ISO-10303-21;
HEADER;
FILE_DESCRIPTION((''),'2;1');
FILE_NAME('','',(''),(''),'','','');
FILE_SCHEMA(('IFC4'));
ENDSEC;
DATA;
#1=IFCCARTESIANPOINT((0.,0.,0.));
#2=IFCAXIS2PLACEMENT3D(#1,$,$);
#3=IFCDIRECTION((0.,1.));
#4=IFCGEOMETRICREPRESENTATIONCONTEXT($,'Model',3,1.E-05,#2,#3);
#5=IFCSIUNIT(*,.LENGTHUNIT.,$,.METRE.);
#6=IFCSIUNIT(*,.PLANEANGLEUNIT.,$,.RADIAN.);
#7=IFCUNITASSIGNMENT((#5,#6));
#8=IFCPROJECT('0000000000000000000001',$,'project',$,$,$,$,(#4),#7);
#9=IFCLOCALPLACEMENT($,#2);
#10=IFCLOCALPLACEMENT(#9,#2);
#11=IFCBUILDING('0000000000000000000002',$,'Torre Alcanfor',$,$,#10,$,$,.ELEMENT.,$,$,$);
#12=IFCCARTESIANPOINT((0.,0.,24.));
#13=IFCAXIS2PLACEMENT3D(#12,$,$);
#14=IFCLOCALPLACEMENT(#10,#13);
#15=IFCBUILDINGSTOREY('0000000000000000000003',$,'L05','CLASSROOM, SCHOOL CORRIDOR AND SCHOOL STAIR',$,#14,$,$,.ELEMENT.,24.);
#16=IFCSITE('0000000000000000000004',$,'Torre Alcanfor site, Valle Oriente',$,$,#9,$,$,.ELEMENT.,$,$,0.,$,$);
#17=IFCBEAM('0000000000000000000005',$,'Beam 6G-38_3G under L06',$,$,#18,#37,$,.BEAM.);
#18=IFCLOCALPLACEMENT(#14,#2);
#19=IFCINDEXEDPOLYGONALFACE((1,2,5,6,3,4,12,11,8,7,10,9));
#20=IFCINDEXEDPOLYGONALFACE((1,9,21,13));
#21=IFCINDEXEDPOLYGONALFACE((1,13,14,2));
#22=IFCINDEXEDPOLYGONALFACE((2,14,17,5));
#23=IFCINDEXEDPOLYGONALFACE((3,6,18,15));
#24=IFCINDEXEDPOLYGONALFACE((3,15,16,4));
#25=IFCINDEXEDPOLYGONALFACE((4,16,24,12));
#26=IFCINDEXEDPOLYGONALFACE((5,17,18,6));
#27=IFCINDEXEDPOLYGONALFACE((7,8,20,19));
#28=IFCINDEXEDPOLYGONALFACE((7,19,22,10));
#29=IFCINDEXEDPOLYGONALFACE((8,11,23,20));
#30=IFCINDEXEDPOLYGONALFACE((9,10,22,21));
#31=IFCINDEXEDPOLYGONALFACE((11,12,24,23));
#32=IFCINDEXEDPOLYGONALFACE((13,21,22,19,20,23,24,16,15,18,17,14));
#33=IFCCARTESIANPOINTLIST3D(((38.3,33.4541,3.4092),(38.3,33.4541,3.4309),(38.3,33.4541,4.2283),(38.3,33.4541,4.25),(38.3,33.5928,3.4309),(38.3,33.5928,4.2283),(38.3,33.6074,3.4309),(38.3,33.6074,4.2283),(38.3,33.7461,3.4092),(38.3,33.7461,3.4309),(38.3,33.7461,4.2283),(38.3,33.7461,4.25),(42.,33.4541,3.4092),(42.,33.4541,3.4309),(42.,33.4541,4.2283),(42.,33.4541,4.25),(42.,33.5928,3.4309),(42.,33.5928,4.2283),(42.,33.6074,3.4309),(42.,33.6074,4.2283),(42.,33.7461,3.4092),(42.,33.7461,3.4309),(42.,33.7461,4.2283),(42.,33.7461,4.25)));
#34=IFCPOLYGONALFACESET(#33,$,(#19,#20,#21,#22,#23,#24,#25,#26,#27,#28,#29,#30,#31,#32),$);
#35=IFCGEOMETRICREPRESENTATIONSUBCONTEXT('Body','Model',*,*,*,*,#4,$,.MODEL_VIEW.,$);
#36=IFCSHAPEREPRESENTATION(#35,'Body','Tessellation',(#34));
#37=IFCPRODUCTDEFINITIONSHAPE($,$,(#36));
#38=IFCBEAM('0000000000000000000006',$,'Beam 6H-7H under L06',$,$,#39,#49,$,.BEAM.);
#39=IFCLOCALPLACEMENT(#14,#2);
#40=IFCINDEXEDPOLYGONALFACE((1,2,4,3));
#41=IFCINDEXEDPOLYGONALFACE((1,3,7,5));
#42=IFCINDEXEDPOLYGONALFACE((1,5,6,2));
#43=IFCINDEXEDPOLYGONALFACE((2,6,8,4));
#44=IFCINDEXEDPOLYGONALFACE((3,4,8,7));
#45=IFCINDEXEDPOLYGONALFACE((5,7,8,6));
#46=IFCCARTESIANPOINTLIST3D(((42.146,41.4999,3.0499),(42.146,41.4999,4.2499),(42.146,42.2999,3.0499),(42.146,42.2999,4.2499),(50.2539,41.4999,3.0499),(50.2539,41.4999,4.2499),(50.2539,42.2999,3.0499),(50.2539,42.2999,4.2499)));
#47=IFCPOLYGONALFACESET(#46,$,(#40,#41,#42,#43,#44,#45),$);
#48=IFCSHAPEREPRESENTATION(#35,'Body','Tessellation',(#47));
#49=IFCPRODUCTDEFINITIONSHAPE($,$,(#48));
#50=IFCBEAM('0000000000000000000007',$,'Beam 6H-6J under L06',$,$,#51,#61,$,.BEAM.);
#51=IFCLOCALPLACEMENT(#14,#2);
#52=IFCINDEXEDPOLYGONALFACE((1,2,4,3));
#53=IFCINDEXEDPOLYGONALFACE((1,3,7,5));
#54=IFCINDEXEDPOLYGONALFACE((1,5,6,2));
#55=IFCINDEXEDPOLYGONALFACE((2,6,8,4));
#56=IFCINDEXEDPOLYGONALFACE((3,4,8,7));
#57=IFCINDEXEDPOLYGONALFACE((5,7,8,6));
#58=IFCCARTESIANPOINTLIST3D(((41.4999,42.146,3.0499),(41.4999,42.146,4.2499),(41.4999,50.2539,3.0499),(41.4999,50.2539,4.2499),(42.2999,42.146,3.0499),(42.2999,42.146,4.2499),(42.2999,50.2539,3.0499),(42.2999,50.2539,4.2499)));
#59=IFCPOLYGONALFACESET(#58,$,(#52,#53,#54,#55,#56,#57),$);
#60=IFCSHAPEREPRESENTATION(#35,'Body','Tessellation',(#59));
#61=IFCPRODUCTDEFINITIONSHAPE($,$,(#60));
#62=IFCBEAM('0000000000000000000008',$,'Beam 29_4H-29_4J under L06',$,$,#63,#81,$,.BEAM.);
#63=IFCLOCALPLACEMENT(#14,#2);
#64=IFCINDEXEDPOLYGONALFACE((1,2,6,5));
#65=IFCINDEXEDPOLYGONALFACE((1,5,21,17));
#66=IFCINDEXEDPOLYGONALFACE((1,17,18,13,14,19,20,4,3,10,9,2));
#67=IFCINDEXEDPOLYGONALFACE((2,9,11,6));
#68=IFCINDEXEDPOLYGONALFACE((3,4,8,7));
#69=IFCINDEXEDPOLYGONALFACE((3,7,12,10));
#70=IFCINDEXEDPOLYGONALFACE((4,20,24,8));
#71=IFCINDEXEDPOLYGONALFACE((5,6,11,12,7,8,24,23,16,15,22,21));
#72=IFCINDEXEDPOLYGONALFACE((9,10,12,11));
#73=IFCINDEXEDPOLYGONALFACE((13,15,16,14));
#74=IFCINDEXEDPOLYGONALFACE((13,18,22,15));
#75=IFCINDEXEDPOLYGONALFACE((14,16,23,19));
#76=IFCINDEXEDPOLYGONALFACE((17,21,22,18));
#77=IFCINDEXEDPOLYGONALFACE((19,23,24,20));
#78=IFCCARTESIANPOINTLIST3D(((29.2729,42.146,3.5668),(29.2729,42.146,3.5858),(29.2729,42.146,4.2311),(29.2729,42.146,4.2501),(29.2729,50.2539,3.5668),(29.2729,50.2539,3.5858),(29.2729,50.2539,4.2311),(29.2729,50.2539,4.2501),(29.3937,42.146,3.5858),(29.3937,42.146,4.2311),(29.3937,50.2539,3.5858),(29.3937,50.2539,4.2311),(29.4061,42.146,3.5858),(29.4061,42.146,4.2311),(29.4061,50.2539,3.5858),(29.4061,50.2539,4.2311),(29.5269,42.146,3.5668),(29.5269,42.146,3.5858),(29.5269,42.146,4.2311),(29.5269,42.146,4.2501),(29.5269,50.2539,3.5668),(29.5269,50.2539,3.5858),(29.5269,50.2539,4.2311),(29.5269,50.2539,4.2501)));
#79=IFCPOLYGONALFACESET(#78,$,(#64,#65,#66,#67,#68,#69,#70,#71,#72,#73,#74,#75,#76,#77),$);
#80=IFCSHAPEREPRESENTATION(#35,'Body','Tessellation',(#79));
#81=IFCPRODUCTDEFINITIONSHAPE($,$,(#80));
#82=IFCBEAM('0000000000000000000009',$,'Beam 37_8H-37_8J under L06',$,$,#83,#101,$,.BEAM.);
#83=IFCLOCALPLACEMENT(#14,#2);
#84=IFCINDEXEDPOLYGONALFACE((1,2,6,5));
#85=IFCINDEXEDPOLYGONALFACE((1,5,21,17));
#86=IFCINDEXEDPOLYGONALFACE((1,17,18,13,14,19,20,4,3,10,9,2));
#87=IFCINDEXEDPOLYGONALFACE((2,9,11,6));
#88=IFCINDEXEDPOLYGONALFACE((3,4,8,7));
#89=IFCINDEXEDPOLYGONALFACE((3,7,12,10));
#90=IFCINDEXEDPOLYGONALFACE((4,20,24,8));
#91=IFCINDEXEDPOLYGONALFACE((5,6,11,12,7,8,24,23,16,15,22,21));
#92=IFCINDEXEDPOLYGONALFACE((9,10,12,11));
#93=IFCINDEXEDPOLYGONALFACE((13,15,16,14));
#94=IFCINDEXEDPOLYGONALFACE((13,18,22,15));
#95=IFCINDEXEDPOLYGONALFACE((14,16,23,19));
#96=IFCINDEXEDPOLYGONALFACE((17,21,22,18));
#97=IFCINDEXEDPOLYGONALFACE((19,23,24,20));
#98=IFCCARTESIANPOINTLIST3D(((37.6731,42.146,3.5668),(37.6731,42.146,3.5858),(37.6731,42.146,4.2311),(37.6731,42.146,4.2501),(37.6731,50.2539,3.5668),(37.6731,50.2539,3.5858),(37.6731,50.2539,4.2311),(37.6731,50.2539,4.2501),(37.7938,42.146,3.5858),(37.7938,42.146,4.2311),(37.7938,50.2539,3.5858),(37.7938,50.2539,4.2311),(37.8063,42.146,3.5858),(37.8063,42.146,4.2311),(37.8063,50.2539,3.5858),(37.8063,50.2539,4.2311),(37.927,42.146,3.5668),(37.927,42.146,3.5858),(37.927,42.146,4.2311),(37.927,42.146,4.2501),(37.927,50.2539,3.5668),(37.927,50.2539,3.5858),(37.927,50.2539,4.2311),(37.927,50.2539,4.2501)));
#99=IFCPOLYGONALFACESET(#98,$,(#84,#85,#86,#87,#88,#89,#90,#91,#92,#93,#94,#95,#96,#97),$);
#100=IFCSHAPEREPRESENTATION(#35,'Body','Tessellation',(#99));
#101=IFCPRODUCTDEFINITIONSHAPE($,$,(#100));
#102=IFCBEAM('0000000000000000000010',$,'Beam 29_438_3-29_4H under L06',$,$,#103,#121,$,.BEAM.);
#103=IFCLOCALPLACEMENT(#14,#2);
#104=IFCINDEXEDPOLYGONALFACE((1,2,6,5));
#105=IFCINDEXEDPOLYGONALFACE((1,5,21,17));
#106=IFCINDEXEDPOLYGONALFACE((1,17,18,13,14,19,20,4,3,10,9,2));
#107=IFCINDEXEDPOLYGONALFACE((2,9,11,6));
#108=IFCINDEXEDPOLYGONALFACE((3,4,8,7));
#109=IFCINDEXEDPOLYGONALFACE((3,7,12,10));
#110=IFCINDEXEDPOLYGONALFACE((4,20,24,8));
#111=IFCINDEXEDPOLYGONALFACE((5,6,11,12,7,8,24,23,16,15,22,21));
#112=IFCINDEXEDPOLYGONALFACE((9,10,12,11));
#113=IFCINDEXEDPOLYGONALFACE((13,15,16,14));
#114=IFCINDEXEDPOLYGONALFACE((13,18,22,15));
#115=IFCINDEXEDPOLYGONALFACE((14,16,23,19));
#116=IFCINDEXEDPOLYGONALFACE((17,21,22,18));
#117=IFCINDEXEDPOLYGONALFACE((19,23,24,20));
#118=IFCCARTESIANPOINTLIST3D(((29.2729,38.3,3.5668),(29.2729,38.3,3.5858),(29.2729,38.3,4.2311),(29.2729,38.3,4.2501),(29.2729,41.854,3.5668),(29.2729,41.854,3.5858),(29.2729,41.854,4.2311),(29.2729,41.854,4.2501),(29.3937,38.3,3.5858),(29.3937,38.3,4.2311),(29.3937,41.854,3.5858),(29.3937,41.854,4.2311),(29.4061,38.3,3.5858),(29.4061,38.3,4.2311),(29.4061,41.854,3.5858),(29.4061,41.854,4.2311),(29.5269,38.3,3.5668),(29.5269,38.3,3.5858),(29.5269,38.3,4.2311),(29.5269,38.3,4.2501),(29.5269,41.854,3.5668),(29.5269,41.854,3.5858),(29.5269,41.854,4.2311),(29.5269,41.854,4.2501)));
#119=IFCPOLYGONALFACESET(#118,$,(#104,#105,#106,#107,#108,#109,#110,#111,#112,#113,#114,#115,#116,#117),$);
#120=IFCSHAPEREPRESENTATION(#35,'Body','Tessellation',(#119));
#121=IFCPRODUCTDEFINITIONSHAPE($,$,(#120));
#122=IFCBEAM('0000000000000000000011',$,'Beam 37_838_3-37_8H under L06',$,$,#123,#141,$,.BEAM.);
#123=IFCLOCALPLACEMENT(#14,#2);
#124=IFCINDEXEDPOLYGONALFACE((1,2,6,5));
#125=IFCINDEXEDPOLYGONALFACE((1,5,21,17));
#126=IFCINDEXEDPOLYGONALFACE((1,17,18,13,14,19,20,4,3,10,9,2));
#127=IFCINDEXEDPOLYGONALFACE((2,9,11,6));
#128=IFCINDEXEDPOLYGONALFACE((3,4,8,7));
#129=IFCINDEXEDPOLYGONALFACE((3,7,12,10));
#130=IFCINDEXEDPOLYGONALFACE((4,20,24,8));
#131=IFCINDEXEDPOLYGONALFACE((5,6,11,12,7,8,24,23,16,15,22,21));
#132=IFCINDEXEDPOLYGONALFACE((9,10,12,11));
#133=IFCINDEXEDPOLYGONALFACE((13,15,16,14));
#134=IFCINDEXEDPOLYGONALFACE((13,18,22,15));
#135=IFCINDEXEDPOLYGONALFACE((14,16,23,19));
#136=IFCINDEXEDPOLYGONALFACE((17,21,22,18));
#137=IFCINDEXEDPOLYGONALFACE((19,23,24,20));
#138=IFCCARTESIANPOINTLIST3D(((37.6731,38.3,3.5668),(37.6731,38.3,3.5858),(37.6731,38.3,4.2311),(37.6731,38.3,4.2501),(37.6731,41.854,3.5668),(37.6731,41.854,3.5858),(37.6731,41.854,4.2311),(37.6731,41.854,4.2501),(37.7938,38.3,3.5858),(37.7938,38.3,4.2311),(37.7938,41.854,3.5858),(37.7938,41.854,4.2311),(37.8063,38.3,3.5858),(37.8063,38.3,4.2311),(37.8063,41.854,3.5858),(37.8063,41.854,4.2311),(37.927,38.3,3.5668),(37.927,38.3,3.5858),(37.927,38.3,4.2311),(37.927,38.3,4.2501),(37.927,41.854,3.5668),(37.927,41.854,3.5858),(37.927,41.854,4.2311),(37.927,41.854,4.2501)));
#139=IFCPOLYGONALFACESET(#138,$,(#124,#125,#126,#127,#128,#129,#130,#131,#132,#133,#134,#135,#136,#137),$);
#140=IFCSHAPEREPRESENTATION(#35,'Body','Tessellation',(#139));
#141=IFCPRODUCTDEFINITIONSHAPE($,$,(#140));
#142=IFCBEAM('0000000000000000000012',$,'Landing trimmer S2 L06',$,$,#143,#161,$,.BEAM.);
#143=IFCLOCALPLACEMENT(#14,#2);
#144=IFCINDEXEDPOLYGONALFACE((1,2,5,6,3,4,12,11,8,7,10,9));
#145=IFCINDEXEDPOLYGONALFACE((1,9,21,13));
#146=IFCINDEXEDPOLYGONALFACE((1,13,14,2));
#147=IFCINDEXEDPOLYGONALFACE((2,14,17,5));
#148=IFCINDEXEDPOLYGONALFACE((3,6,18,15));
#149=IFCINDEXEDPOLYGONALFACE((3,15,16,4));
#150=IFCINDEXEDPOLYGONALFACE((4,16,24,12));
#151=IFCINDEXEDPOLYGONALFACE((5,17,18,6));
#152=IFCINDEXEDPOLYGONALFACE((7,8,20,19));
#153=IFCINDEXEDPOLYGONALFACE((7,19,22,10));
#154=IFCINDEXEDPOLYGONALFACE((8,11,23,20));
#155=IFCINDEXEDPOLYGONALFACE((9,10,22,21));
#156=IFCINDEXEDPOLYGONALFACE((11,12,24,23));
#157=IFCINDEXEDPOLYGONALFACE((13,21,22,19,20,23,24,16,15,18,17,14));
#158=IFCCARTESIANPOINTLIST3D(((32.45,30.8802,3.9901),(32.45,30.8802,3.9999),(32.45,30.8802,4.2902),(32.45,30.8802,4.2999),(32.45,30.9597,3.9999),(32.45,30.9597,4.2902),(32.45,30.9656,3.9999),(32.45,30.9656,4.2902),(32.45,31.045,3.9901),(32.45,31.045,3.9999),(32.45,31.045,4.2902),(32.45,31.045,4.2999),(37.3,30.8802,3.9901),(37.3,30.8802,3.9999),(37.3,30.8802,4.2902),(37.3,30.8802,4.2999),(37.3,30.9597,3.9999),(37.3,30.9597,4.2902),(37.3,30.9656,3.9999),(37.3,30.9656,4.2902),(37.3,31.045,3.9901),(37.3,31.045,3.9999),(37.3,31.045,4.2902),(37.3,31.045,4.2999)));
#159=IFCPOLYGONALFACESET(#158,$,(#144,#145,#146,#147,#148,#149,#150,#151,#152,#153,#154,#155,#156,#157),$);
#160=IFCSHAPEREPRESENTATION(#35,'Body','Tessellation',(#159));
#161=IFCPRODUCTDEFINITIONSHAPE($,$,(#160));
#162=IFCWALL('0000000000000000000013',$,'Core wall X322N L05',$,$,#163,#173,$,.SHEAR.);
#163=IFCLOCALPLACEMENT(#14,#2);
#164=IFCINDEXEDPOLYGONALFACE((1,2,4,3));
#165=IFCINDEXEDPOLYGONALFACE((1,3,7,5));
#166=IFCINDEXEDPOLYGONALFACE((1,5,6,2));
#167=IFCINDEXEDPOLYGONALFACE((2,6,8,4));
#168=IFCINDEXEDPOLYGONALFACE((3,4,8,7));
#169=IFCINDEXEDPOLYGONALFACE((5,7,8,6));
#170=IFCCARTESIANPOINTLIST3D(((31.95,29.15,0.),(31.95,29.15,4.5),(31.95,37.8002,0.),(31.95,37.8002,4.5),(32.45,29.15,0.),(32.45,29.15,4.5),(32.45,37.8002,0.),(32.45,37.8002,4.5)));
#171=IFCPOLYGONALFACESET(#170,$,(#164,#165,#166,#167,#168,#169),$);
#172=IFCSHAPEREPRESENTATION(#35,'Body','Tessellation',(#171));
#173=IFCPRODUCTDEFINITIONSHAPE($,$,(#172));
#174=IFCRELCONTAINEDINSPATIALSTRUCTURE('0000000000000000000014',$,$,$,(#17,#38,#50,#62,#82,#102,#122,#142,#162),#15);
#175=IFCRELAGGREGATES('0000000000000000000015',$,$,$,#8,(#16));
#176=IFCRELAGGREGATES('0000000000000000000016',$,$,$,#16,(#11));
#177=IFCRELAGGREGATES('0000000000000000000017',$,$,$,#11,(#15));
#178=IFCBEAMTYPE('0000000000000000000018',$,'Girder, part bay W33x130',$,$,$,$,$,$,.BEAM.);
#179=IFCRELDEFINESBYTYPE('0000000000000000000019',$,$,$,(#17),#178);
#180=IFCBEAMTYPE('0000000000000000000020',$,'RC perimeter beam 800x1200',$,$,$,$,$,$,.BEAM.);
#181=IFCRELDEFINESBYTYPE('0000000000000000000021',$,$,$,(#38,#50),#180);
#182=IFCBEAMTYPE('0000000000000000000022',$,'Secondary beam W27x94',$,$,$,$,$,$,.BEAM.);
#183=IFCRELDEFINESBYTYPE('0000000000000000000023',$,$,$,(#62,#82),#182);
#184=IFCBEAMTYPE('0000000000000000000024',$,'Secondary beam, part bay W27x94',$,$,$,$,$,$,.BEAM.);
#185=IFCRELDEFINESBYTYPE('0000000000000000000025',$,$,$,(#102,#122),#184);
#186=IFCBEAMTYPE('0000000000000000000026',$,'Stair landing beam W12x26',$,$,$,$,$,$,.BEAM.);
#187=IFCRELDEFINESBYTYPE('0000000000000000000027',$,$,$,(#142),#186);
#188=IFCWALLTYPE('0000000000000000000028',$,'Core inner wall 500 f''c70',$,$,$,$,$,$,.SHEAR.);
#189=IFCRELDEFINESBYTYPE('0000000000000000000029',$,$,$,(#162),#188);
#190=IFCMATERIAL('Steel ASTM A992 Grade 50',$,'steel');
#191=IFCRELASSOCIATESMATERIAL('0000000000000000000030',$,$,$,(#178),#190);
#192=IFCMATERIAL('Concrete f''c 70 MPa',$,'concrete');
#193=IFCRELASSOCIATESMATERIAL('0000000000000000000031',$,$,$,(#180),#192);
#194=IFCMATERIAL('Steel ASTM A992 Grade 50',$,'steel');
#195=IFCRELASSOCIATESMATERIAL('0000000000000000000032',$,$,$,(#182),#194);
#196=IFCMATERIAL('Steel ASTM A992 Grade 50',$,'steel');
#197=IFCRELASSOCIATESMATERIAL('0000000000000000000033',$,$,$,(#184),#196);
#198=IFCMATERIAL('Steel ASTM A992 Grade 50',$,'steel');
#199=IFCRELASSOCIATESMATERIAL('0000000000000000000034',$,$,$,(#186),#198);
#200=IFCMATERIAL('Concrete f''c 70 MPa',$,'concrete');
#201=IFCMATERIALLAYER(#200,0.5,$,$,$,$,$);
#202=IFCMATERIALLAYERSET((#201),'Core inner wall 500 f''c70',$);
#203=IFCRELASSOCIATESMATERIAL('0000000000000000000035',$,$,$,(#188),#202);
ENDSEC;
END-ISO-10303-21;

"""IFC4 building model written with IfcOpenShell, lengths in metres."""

from ifc_helpers import new_model, si_unit, direction, frame, frame_2d, origin, origin_2d, place, context, subcontext, project, spatial, rectangle, i_section, extrude, material, layer, layer_set, material_profile, profile_set, type_object, element, save


model = new_model("IFC4")

# Units and contexts
model_context = context("Model", 3, precision=1e-05, world=origin(), true_north=direction((0.0, 1.0)))
body_context = subcontext(model_context, "Body", "Model", "MODEL_VIEW")
ifc_project = project(units=[si_unit("LENGTHUNIT", "METRE"), si_unit("PLANEANGLEUNIT", "RADIAN")], contexts=[model_context])

# Site, building, storey
site_placement = place(None, origin())
site = spatial("IfcSite", under=ifc_project, at=site_placement, Name="Torre Alcanfor site, Valle Oriente", CompositionType="ELEMENT", RefElevation=0.0)
building_placement = place(site_placement, origin())
building = spatial("IfcBuilding", under=site, at=building_placement, Name="Torre Alcanfor", CompositionType="ELEMENT")
storey_placement = place(building_placement, frame((0.0, 0.0, 24.0)))
storey = spatial("IfcBuildingStorey", under=building, at=storey_placement, Name="L05", Description="CLASSROOM, SCHOOL CORRIDOR AND SCHOOL STAIR", CompositionType="ELEMENT", Elevation=24.0)

# Beams
ifc_material_1 = material(Name="Steel ASTM A992 Grade 50", Category="steel")
ifc_material_profile_1 = material_profile(ifc_material_1, i_section(OverallWidth=0.292, OverallDepth=0.8408, WebThickness=0.0146, FlangeThickness=0.0217, at=origin_2d()), Name="W33x130")
ifc_profile_set_1 = profile_set([ifc_material_profile_1], Name="Steel ASTM A992 Grade 50")
beam_type_1 = type_object("IfcBeamType", Name="Girder, part bay W33x130", PredefinedType="BEAM", material=ifc_profile_set_1)
for number, where, z_axis, x_axis, name in (
    (1, (42.0, 33.6001, 3.8296), (-1.0, 0.0, 0.0), (0.0, -1.0, 0.0), "Beam 6G-38_3G under L06"),
):
    element("IfcBeam", number, at=place(storey_placement, frame(where, z_axis=z_axis, x_axis=x_axis)), inside=storey, type_object=beam_type_1, Name=name, PredefinedType="BEAM", context=body_context, shape_type="SweptSolid", body=[
        extrude(i_section(OverallWidth=0.292, OverallDepth=0.8408, WebThickness=0.0146, FlangeThickness=0.0217, at=origin_2d()), origin(), (0.0, 0.0, 1.0), 3.7),
    ])
ifc_material_2 = material(Name="Concrete f'c 70 MPa", Category="concrete")
ifc_material_profile_2 = material_profile(ifc_material_2, rectangle(XDim=0.8, YDim=1.2, at=origin_2d()), Name="800x1200")
ifc_profile_set_2 = profile_set([ifc_material_profile_2], Name="Concrete f'c 70 MPa")
beam_type_2 = type_object("IfcBeamType", Name="RC perimeter beam 800x1200", PredefinedType="BEAM", material=ifc_profile_set_2)
for number, where, z_axis, x_axis, name in (
    (2, (42.146, 41.8999, 3.6499), (1.0, 0.0, 0.0), (0.0, 1.0, 0.0), "Beam 6H-7H under L06"),
    (3, (41.8999, 42.146, 3.6499), (0.0, 1.0, 0.0), (-1.0, 0.0, 0.0), "Beam 6H-6J under L06"),
):
    element("IfcBeam", number, at=place(storey_placement, frame(where, z_axis=z_axis, x_axis=x_axis)), inside=storey, type_object=beam_type_2, Name=name, PredefinedType="BEAM", context=body_context, shape_type="SweptSolid", body=[
        extrude(rectangle(XDim=0.8, YDim=1.2, at=origin_2d()), origin(), (0.0, 0.0, 1.0), 8.1079),
    ])
ifc_material_3 = material(Name="Steel ASTM A992 Grade 50", Category="steel")
ifc_material_profile_3 = material_profile(ifc_material_3, i_section(OverallWidth=0.2539, OverallDepth=0.6833, WebThickness=0.0125, FlangeThickness=0.019, at=origin_2d()), Name="W27x94")
ifc_profile_set_3 = profile_set([ifc_material_profile_3], Name="Steel ASTM A992 Grade 50")
beam_type_3 = type_object("IfcBeamType", Name="Secondary beam W27x94", PredefinedType="BEAM", material=ifc_profile_set_3)
for number, where, z_axis, x_axis, name in (
    (4, (29.3999, 42.146, 3.9084), (0.0, 1.0, 0.0), (-1.0, 0.0, 0.0), "Beam 29_4H-29_4J under L06"),
    (5, (37.8, 42.146, 3.9084), (0.0, 1.0, 0.0), (-1.0, 0.0, 0.0), "Beam 37_8H-37_8J under L06"),
):
    element("IfcBeam", number, at=place(storey_placement, frame(where, z_axis=z_axis, x_axis=x_axis)), inside=storey, type_object=beam_type_3, Name=name, PredefinedType="BEAM", context=body_context, shape_type="SweptSolid", body=[
        extrude(i_section(OverallWidth=0.2539, OverallDepth=0.6833, WebThickness=0.0125, FlangeThickness=0.019, at=origin_2d()), origin(), (0.0, 0.0, 1.0), 8.1079),
    ])
ifc_material_4 = material(Name="Steel ASTM A992 Grade 50", Category="steel")
ifc_material_profile_4 = material_profile(ifc_material_4, i_section(OverallWidth=0.2539, OverallDepth=0.6833, WebThickness=0.0125, FlangeThickness=0.019, at=origin_2d()), Name="W27x94")
ifc_profile_set_4 = profile_set([ifc_material_profile_4], Name="Steel ASTM A992 Grade 50")
beam_type_4 = type_object("IfcBeamType", Name="Secondary beam, part bay W27x94", PredefinedType="BEAM", material=ifc_profile_set_4)
for number, where, z_axis, x_axis, name in (
    (6, (29.3999, 38.3, 3.9084), (0.0, 1.0, 0.0), (-1.0, 0.0, 0.0), "Beam 29_438_3-29_4H under L06"),
    (7, (37.8, 38.3, 3.9084), (0.0, 1.0, 0.0), (-1.0, 0.0, 0.0), "Beam 37_838_3-37_8H under L06"),
):
    element("IfcBeam", number, at=place(storey_placement, frame(where, z_axis=z_axis, x_axis=x_axis)), inside=storey, type_object=beam_type_4, Name=name, PredefinedType="BEAM", context=body_context, shape_type="SweptSolid", body=[
        extrude(i_section(OverallWidth=0.2539, OverallDepth=0.6833, WebThickness=0.0125, FlangeThickness=0.019, at=origin_2d()), origin(), (0.0, 0.0, 1.0), 3.554),
    ])
ifc_material_5 = material(Name="Steel ASTM A992 Grade 50", Category="steel")
ifc_material_profile_5 = material_profile(ifc_material_5, i_section(OverallWidth=0.1648, OverallDepth=0.3098, WebThickness=0.0059, FlangeThickness=0.0098, at=origin_2d()), Name="W12x26")
ifc_profile_set_5 = profile_set([ifc_material_profile_5], Name="Steel ASTM A992 Grade 50")
beam_type_5 = type_object("IfcBeamType", Name="Stair landing beam W12x26", PredefinedType="BEAM", material=ifc_profile_set_5)
beam_placement = place(storey_placement, frame((32.45, 30.9626, 4.145), z_axis=(1.0, 0.0, 0.0), x_axis=(0.0, 1.0, 0.0)))
element("IfcBeam", 8, at=beam_placement, inside=storey, type_object=beam_type_5, Name="Landing trimmer S2 L06", PredefinedType="BEAM", context=body_context, shape_type="SweptSolid", body=[
    extrude(i_section(OverallWidth=0.1648, OverallDepth=0.3098, WebThickness=0.0059, FlangeThickness=0.0098, at=origin_2d()), origin(), (0.0, 0.0, 1.0), 4.8501),
])

# Wall
ifc_material_6 = material(Name="Concrete f'c 70 MPa", Category="concrete")
ifc_layer_1 = layer(ifc_material_6, 0.5)
ifc_layer_set_1 = layer_set([ifc_layer_1], Name="Core inner wall 500 f'c70")
wall_type_1 = type_object("IfcWallType", Name="Core inner wall 500 f'c70", PredefinedType="SHEAR", material=ifc_layer_set_1)
wall_1_placement = place(storey_placement, frame((32.2, 29.1499, 0.0), z_axis=(0.0, 0.0, 1.0), x_axis=(0.0, 1.0, 0.0)))
element("IfcWall", 9, at=wall_1_placement, inside=storey, type_object=wall_type_1, Name="Core wall X322N L05", PredefinedType="SHEAR", context=body_context, shape_type="SweptSolid", body=[
    extrude(rectangle(XDim=8.6501, YDim=0.5, at=frame_2d((4.3252, 0.0))), origin(), (0.0, 0.0, 1.0), 4.5),
])

save(model, "model.ifc")
